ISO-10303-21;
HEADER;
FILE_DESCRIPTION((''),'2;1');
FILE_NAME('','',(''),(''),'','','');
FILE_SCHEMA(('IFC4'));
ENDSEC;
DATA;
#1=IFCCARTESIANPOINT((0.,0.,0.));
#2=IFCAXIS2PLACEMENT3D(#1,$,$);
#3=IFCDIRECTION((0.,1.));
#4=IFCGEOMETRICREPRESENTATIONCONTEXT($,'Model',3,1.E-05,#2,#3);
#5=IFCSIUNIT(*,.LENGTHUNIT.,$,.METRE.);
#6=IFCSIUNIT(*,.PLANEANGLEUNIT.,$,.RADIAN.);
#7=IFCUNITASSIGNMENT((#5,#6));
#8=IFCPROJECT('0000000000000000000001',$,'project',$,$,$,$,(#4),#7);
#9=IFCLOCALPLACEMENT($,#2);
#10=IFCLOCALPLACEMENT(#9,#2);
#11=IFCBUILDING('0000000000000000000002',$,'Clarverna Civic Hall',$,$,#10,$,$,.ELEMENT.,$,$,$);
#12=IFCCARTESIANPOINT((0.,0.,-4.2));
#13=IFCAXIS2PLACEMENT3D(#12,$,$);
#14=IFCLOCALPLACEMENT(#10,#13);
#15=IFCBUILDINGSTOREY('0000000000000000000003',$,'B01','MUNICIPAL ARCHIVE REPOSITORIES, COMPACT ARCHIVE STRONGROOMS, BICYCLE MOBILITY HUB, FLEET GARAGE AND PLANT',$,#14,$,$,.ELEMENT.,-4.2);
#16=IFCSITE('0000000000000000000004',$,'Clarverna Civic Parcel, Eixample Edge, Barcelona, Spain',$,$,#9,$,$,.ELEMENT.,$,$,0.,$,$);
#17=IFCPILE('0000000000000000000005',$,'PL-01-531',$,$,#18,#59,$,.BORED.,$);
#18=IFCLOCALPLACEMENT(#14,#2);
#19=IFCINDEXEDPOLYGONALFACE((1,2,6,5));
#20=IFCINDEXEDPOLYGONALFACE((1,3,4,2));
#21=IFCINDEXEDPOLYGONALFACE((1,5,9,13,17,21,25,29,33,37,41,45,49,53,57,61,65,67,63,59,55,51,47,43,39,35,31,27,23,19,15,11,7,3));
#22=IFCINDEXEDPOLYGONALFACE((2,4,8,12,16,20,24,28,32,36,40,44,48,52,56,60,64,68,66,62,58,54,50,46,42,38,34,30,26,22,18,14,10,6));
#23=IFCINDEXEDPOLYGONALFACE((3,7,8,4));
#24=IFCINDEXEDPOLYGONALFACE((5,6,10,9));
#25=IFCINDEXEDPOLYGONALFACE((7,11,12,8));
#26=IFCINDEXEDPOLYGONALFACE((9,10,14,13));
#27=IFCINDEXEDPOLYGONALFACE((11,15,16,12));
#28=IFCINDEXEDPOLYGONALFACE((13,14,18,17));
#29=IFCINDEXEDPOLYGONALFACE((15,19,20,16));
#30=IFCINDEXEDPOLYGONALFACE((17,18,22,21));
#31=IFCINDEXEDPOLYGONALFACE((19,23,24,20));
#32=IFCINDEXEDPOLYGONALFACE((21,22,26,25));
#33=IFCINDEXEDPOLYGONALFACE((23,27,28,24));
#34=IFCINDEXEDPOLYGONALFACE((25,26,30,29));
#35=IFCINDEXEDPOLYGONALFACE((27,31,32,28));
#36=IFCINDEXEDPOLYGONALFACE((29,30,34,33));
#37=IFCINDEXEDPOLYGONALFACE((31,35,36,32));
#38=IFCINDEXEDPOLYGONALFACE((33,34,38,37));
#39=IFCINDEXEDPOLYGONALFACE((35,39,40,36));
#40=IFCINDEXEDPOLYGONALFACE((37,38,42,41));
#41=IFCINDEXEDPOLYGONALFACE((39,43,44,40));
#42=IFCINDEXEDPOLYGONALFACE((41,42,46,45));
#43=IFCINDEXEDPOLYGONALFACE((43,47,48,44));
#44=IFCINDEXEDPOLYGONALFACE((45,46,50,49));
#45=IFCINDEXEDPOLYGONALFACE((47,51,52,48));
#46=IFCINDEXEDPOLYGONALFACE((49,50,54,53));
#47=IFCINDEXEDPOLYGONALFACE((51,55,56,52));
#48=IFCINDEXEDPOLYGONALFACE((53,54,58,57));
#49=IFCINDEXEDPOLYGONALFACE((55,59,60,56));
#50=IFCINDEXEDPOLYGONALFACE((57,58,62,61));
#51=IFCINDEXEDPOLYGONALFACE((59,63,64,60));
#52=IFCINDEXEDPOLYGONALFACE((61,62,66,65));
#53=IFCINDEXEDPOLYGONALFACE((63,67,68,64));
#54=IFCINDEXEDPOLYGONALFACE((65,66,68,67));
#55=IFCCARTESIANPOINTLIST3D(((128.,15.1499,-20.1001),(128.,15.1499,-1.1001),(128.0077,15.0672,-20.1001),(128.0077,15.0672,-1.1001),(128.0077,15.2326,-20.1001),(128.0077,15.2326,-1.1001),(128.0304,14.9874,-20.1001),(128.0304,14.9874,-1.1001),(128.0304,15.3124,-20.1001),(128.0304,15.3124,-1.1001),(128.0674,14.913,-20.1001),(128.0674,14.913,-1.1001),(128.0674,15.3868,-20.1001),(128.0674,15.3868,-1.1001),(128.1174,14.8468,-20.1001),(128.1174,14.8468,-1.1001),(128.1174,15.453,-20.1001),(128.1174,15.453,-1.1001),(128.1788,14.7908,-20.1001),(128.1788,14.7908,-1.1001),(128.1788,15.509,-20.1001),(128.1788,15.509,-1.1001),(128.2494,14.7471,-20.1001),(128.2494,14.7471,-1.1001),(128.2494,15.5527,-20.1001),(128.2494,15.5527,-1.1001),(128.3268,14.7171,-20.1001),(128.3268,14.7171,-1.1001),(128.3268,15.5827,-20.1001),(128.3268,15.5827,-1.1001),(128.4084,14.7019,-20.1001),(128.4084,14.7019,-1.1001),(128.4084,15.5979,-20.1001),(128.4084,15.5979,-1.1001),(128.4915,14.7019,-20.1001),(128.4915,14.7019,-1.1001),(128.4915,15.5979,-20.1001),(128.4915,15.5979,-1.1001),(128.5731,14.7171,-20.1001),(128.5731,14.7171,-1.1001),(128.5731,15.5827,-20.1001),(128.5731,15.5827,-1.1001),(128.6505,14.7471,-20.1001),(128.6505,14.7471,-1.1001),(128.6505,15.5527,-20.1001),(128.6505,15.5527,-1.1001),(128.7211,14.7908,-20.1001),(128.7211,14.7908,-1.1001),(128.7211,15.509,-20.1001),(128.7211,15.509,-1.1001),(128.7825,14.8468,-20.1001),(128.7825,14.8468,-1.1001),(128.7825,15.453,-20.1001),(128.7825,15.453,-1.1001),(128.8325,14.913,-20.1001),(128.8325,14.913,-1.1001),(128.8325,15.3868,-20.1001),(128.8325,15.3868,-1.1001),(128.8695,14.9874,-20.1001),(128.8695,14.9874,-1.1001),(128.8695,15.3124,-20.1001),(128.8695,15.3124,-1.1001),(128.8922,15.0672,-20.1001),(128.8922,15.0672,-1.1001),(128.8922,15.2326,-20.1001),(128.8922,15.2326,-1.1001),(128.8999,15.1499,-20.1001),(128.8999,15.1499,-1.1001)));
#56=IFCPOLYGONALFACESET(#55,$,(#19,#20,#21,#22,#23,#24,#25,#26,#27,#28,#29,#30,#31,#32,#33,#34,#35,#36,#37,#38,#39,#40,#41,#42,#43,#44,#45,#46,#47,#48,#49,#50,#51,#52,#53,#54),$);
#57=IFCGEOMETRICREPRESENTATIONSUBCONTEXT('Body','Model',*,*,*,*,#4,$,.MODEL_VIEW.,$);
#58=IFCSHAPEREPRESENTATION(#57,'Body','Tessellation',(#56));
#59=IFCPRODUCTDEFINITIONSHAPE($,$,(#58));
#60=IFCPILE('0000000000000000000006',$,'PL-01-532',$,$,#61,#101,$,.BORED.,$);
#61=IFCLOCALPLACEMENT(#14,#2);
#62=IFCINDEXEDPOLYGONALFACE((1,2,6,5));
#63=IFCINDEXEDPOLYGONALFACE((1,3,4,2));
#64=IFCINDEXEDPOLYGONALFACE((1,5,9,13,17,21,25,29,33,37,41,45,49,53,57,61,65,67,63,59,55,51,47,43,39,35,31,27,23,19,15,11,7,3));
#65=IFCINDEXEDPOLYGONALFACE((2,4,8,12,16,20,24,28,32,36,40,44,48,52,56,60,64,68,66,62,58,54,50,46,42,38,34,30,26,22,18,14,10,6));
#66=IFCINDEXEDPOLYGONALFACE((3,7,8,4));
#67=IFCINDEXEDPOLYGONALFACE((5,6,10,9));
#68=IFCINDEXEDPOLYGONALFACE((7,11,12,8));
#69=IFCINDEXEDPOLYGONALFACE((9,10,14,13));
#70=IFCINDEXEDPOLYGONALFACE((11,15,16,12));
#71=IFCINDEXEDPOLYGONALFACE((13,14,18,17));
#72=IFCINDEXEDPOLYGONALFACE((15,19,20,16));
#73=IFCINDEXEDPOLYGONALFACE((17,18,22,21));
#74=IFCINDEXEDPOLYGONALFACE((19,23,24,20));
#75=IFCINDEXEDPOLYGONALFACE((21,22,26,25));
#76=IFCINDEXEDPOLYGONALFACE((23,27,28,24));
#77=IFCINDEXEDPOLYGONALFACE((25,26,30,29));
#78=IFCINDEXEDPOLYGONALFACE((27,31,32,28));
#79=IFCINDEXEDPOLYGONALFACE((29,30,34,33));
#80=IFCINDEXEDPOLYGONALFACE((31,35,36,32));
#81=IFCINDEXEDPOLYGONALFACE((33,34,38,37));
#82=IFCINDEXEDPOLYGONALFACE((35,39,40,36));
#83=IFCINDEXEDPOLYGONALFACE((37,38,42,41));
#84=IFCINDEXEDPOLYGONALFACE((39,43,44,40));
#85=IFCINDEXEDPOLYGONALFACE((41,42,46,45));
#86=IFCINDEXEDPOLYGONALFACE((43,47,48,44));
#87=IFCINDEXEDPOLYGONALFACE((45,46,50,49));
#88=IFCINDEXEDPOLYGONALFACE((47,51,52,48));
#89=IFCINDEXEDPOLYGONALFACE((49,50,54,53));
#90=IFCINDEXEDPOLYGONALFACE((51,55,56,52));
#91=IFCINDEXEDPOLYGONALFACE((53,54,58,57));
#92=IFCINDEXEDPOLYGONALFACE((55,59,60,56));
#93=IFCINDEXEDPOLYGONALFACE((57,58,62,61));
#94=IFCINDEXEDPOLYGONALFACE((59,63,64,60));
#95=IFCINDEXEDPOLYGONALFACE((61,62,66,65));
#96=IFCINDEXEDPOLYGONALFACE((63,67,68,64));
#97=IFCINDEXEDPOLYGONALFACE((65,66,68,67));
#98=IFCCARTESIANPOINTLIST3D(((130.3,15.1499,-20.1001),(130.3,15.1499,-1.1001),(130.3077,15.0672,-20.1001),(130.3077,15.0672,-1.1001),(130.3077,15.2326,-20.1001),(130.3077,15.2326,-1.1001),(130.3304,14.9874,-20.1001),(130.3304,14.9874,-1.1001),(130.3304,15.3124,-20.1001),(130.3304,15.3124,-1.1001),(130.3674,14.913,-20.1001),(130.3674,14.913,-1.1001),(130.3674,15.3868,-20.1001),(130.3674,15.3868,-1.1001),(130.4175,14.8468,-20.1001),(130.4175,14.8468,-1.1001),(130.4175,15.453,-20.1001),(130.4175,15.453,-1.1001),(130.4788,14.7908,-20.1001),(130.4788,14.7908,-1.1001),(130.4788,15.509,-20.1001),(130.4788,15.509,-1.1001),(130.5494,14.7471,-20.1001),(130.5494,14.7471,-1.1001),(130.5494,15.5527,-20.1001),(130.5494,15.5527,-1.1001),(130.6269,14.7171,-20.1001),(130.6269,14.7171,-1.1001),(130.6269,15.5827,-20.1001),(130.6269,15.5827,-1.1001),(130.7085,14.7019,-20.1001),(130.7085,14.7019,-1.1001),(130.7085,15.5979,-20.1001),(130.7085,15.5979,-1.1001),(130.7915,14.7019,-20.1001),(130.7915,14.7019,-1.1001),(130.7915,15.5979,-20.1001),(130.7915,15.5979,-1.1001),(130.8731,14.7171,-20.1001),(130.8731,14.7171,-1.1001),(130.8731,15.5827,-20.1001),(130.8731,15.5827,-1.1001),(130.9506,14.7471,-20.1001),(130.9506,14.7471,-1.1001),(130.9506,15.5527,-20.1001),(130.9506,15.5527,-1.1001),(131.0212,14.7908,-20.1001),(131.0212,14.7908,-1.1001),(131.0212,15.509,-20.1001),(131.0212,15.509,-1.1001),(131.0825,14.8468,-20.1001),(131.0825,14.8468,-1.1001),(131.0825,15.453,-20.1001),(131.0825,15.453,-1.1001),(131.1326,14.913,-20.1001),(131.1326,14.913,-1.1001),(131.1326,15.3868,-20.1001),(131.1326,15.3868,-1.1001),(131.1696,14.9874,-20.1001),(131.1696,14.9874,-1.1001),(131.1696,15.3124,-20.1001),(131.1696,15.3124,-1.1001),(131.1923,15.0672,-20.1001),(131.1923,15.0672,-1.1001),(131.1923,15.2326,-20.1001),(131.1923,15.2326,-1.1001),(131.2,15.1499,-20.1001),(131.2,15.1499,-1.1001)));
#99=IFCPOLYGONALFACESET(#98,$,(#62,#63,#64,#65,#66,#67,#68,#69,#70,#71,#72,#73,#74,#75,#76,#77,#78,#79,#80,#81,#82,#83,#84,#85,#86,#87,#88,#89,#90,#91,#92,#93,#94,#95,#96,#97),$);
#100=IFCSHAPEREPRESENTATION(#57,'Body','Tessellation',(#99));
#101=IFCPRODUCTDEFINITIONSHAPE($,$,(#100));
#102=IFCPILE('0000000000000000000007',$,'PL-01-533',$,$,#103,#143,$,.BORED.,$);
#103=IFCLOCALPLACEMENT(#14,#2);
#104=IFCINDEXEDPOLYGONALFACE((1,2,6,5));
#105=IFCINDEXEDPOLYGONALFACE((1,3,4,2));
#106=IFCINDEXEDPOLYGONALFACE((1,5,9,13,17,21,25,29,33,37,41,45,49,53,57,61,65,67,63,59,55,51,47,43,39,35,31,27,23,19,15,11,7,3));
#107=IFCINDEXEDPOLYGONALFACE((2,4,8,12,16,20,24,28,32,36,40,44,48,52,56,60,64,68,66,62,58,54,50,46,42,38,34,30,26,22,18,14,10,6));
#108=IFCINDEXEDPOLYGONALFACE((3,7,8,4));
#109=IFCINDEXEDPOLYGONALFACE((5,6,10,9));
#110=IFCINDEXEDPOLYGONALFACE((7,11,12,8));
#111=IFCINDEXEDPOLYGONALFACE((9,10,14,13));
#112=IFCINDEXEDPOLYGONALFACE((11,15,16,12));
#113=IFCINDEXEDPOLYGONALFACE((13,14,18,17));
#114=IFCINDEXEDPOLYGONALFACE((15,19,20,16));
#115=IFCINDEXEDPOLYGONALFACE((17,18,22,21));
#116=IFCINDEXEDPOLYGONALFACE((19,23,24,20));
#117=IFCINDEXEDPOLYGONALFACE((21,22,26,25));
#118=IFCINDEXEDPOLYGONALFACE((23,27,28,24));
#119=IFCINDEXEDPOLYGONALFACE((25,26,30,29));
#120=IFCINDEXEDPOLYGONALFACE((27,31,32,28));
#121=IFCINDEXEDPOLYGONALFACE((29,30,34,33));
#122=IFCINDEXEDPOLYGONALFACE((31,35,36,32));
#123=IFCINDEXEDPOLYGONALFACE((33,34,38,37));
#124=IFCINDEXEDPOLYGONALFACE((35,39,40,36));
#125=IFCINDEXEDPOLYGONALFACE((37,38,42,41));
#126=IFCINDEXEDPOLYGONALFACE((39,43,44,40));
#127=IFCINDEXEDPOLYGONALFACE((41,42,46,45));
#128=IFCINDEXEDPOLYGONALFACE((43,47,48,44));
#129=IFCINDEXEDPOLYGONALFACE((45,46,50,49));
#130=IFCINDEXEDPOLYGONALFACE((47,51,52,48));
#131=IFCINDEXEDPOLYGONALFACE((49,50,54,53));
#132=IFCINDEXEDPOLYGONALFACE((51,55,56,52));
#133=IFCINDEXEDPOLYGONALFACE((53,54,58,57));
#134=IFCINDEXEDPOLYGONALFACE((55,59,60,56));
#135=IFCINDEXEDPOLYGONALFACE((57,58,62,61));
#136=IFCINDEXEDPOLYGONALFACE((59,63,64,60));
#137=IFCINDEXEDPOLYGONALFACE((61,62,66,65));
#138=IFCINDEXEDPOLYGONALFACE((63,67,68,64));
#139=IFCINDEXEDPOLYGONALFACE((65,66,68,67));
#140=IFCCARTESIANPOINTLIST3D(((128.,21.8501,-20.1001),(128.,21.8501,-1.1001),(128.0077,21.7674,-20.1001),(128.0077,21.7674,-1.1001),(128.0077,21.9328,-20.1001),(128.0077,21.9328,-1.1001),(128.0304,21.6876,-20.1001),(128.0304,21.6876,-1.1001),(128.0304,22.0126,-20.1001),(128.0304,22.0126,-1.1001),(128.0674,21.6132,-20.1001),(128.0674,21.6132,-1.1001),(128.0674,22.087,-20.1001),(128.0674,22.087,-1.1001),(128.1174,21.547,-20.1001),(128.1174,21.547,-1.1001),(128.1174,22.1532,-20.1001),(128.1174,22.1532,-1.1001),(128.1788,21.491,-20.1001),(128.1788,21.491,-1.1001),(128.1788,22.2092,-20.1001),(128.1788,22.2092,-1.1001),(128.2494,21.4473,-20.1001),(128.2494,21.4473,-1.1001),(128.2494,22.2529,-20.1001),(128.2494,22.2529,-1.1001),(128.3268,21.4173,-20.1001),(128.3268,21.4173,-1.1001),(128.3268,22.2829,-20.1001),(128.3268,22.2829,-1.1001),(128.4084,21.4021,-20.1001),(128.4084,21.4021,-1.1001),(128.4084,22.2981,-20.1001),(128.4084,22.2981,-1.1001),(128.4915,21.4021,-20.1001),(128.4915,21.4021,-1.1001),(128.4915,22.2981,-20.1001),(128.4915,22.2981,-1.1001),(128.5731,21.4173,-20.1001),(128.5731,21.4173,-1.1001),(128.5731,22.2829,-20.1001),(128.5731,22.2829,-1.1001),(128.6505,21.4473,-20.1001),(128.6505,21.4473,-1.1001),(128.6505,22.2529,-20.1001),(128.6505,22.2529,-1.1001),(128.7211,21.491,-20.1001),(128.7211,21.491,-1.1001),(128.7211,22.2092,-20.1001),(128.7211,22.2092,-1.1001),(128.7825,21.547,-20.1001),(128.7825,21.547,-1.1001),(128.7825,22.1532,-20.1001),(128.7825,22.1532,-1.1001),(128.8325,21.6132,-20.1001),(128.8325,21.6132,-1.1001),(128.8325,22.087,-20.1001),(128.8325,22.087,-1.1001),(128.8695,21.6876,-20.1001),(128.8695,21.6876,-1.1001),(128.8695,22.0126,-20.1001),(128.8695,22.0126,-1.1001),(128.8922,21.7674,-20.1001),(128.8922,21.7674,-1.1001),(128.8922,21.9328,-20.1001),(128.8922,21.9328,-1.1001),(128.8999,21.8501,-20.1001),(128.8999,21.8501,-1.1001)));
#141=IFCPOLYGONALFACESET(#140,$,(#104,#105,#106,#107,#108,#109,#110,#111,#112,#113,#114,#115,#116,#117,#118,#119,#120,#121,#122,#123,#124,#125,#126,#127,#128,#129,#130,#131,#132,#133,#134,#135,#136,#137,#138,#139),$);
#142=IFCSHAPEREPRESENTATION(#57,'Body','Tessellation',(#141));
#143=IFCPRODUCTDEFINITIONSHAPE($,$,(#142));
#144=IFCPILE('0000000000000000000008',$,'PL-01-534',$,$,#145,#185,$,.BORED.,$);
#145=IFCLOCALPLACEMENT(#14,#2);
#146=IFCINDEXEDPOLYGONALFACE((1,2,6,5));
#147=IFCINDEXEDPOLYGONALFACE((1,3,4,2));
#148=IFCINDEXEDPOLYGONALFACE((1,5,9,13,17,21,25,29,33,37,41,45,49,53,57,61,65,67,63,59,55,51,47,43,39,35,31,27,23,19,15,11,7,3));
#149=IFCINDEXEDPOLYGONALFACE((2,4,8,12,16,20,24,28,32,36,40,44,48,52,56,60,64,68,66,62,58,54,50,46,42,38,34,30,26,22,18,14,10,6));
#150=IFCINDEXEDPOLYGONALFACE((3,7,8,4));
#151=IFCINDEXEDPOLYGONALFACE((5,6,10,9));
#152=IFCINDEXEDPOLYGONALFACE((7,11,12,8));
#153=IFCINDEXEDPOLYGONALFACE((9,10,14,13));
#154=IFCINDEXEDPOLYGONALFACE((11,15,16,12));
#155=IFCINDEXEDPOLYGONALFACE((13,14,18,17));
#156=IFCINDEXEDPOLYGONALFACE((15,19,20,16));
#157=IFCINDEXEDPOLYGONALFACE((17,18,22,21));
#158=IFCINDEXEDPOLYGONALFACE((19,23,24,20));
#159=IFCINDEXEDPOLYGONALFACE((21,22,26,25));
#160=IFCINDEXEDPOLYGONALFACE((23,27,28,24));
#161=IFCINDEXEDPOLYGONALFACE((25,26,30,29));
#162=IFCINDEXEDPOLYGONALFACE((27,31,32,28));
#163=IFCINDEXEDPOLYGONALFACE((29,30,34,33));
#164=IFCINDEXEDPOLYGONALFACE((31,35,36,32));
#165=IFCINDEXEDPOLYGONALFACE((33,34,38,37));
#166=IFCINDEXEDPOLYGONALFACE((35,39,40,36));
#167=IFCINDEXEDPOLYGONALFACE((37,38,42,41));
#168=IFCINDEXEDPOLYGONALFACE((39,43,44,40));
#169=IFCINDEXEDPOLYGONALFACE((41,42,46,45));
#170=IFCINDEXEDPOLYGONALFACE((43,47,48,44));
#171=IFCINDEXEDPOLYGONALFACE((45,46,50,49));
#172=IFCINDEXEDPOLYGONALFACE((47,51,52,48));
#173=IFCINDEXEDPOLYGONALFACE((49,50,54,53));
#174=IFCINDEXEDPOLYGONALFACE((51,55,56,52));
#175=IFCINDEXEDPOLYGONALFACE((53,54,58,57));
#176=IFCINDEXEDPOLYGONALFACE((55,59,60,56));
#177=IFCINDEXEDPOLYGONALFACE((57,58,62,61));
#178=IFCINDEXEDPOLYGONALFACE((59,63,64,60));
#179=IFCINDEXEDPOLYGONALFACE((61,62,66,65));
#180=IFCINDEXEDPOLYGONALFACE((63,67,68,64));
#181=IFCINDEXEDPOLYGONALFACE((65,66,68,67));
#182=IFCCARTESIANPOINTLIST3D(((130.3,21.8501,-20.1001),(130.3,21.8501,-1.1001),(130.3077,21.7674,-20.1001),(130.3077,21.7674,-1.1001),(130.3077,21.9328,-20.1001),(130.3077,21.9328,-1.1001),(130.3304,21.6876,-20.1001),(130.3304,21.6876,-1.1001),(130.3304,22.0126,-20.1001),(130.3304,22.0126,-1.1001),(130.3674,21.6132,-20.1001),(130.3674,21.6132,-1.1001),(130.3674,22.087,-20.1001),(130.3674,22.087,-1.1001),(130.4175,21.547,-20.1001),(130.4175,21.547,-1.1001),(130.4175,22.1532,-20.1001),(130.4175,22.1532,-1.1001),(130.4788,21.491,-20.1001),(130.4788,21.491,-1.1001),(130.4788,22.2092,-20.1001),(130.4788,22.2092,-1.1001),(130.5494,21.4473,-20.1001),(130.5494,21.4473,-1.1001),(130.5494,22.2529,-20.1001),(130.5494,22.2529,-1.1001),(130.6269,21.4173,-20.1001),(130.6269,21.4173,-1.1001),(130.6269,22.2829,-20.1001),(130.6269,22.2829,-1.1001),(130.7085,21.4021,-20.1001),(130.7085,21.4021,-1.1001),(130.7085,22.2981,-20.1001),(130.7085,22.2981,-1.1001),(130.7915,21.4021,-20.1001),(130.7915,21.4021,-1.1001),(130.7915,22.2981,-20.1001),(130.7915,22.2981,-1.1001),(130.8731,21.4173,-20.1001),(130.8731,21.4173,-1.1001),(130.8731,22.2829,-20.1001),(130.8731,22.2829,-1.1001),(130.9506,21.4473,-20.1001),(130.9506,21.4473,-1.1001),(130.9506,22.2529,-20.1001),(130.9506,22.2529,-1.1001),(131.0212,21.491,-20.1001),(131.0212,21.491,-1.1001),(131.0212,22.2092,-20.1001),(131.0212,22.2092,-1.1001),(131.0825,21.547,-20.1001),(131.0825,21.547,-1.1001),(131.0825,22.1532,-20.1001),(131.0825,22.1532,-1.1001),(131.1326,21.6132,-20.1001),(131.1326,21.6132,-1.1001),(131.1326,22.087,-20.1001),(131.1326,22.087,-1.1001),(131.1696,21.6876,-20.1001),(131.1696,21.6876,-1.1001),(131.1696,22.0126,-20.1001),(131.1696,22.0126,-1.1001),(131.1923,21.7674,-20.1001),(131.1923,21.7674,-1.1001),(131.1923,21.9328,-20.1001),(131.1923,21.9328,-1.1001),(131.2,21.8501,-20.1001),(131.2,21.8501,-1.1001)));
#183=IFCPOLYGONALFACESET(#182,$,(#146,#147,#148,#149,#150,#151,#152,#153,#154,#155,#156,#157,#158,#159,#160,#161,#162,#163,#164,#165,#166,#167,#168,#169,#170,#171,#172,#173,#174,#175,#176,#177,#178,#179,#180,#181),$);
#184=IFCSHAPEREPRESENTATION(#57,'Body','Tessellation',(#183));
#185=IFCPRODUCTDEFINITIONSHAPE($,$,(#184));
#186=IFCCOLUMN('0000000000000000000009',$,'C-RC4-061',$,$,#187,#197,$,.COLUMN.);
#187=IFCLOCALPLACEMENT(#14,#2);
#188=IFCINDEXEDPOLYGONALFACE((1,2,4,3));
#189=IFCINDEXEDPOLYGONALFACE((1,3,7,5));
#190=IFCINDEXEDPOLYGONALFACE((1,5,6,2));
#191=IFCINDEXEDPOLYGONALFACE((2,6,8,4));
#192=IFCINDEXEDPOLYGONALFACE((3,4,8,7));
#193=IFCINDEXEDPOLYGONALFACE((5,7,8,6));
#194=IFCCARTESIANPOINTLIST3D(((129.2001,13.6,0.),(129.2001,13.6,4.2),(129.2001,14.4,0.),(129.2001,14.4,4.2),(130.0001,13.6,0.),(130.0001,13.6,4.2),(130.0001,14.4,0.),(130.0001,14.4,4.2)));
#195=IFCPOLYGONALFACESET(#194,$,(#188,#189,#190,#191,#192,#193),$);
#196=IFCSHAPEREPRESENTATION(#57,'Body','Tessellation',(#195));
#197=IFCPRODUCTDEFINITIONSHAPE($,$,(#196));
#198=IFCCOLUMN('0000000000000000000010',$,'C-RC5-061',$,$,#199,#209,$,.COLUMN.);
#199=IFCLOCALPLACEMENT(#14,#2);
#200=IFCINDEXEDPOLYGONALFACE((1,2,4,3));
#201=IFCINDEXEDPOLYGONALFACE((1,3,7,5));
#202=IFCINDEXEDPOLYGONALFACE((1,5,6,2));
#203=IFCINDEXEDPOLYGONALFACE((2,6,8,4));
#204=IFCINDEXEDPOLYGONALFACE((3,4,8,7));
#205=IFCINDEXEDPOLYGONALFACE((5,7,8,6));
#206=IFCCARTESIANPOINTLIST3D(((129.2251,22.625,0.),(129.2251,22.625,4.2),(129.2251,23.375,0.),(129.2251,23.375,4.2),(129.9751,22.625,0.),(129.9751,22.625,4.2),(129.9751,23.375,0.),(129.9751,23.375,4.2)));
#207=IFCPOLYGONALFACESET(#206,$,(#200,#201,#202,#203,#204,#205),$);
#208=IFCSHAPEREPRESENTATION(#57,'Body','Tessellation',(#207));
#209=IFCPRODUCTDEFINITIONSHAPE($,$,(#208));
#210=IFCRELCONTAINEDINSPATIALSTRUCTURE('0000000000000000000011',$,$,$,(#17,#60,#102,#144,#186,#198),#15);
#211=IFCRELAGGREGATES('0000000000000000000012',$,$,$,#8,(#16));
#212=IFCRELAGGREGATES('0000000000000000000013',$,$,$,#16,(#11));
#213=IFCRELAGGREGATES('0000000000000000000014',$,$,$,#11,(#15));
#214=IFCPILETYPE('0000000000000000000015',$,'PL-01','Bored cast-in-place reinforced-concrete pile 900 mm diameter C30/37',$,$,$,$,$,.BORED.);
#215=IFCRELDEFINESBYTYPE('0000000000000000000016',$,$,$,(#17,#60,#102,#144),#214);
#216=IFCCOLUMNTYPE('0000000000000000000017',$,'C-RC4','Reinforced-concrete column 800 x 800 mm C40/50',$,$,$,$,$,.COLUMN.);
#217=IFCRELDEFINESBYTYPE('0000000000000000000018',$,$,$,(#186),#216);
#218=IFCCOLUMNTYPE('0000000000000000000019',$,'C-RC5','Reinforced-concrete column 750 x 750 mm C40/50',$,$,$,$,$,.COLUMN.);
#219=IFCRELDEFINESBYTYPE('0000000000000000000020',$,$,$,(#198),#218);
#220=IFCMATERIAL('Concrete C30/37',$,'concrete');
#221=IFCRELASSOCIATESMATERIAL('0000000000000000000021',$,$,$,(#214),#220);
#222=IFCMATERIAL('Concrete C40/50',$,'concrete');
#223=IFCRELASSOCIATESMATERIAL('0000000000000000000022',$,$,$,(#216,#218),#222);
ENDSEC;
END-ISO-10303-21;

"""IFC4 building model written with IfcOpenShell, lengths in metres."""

from ifc_helpers import new_model, si_unit, direction, frame, origin, origin_2d, place, context, subcontext, project, spatial, rectangle, circle, extrude, material, material_profile, profile_set, type_object, element, save


model = new_model("IFC4")

# Units and contexts
model_context = context("Model", 3, precision=1e-05, world=origin(), true_north=direction((0.0, 1.0)))
body_context = subcontext(model_context, "Body", "Model", "MODEL_VIEW")
ifc_project = project(units=[si_unit("LENGTHUNIT", "METRE"), si_unit("PLANEANGLEUNIT", "RADIAN")], contexts=[model_context])

# Site, building, storey
site_placement = place(None, origin())
site = spatial("IfcSite", under=ifc_project, at=site_placement, Name="Clarverna Civic Parcel, Eixample Edge, Barcelona, Spain", CompositionType="ELEMENT", RefElevation=0.0)
building_placement = place(site_placement, origin())
building = spatial("IfcBuilding", under=site, at=building_placement, Name="Clarverna Civic Hall", CompositionType="ELEMENT")
storey_placement = place(building_placement, frame((0.0, 0.0, -4.2)))
storey = spatial("IfcBuildingStorey", under=building, at=storey_placement, Name="B01", Description="MUNICIPAL ARCHIVE REPOSITORIES, COMPACT ARCHIVE STRONGROOMS, BICYCLE MOBILITY HUB, FLEET GARAGE AND PLANT", CompositionType="ELEMENT", Elevation=-4.2)

# Shared definitions
ifc_material_1 = material(Name="Concrete C30/37", Category="concrete")

# Piles
ifc_material_profile_1 = material_profile(ifc_material_1, circle(Radius=0.45, at=origin_2d()), Name="BORED PILE D900")
ifc_profile_set_1 = profile_set([ifc_material_profile_1], Name="Concrete C30/37")
pile_type = type_object("IfcPileType", Name="PL-01", Description="Bored cast-in-place reinforced-concrete pile 900 mm diameter C30/37", PredefinedType="BORED", material=ifc_profile_set_1)
for number, where, z_axis, x_axis, name in (
    (1, (128.45, 15.1499, -1.1001), (0.0, 0.0, -1.0), (1.0, 0.0, 0.0), "PL-01-531"),
    (2, (130.75, 15.1499, -1.1001), (0.0, 0.0, -1.0), (1.0, 0.0, 0.0), "PL-01-532"),
    (3, (128.45, 21.8501, -1.1001), (0.0, 0.0, -1.0), (1.0, 0.0, 0.0), "PL-01-533"),
    (4, (130.75, 21.8501, -1.1001), (0.0, 0.0, -1.0), (1.0, 0.0, 0.0), "PL-01-534"),
):
    element("IfcPile", number, at=place(storey_placement, frame(where, z_axis=z_axis, x_axis=x_axis)), inside=storey, type_object=pile_type, Name=name, PredefinedType="BORED", context=body_context, shape_type="SweptSolid", body=[
        extrude(circle(Radius=0.45, at=origin_2d()), origin(), (0.0, 0.0, 1.0), 19.0),
    ])

# Columns
ifc_material_2 = material(Name="Concrete C40/50", Category="concrete")
ifc_material_profile_2 = material_profile(ifc_material_2, rectangle(XDim=0.8, YDim=0.8, at=origin_2d()), Name="RC 800x800")
ifc_profile_set_2 = profile_set([ifc_material_profile_2], Name="Concrete C40/50")
column_type_1 = type_object("IfcColumnType", Name="C-RC4", Description="Reinforced-concrete column 800 x 800 mm C40/50", PredefinedType="COLUMN", material=ifc_profile_set_2)
column_1_placement = place(storey_placement, frame((129.6001, 14.0, 0.0), z_axis=(0.0, 0.0, 1.0), x_axis=(1.0, 0.0, 0.0)))
element("IfcColumn", 5, at=column_1_placement, inside=storey, type_object=column_type_1, Name="C-RC4-061", PredefinedType="COLUMN", context=body_context, shape_type="SweptSolid", body=[
    extrude(rectangle(XDim=0.8, YDim=0.8, at=origin_2d()), origin(), (0.0, 0.0, 1.0), 4.2),
])
ifc_material_profile_3 = material_profile(ifc_material_2, rectangle(XDim=0.75, YDim=0.75, at=origin_2d()), Name="RC 750x750")
ifc_profile_set_3 = profile_set([ifc_material_profile_3], Name="Concrete C40/50")
column_type_2 = type_object("IfcColumnType", Name="C-RC5", Description="Reinforced-concrete column 750 x 750 mm C40/50", PredefinedType="COLUMN", material=ifc_profile_set_3)
column_2_placement = place(storey_placement, frame((129.6001, 23.0, 0.0), z_axis=(0.0, 0.0, 1.0), x_axis=(1.0, 0.0, 0.0)))
element("IfcColumn", 6, at=column_2_placement, inside=storey, type_object=column_type_2, Name="C-RC5-061", PredefinedType="COLUMN", context=body_context, shape_type="SweptSolid", body=[
    extrude(rectangle(XDim=0.75, YDim=0.75, at=origin_2d()), origin(), (0.0, 0.0, 1.0), 4.2),
])

save(model, "model.ifc")
